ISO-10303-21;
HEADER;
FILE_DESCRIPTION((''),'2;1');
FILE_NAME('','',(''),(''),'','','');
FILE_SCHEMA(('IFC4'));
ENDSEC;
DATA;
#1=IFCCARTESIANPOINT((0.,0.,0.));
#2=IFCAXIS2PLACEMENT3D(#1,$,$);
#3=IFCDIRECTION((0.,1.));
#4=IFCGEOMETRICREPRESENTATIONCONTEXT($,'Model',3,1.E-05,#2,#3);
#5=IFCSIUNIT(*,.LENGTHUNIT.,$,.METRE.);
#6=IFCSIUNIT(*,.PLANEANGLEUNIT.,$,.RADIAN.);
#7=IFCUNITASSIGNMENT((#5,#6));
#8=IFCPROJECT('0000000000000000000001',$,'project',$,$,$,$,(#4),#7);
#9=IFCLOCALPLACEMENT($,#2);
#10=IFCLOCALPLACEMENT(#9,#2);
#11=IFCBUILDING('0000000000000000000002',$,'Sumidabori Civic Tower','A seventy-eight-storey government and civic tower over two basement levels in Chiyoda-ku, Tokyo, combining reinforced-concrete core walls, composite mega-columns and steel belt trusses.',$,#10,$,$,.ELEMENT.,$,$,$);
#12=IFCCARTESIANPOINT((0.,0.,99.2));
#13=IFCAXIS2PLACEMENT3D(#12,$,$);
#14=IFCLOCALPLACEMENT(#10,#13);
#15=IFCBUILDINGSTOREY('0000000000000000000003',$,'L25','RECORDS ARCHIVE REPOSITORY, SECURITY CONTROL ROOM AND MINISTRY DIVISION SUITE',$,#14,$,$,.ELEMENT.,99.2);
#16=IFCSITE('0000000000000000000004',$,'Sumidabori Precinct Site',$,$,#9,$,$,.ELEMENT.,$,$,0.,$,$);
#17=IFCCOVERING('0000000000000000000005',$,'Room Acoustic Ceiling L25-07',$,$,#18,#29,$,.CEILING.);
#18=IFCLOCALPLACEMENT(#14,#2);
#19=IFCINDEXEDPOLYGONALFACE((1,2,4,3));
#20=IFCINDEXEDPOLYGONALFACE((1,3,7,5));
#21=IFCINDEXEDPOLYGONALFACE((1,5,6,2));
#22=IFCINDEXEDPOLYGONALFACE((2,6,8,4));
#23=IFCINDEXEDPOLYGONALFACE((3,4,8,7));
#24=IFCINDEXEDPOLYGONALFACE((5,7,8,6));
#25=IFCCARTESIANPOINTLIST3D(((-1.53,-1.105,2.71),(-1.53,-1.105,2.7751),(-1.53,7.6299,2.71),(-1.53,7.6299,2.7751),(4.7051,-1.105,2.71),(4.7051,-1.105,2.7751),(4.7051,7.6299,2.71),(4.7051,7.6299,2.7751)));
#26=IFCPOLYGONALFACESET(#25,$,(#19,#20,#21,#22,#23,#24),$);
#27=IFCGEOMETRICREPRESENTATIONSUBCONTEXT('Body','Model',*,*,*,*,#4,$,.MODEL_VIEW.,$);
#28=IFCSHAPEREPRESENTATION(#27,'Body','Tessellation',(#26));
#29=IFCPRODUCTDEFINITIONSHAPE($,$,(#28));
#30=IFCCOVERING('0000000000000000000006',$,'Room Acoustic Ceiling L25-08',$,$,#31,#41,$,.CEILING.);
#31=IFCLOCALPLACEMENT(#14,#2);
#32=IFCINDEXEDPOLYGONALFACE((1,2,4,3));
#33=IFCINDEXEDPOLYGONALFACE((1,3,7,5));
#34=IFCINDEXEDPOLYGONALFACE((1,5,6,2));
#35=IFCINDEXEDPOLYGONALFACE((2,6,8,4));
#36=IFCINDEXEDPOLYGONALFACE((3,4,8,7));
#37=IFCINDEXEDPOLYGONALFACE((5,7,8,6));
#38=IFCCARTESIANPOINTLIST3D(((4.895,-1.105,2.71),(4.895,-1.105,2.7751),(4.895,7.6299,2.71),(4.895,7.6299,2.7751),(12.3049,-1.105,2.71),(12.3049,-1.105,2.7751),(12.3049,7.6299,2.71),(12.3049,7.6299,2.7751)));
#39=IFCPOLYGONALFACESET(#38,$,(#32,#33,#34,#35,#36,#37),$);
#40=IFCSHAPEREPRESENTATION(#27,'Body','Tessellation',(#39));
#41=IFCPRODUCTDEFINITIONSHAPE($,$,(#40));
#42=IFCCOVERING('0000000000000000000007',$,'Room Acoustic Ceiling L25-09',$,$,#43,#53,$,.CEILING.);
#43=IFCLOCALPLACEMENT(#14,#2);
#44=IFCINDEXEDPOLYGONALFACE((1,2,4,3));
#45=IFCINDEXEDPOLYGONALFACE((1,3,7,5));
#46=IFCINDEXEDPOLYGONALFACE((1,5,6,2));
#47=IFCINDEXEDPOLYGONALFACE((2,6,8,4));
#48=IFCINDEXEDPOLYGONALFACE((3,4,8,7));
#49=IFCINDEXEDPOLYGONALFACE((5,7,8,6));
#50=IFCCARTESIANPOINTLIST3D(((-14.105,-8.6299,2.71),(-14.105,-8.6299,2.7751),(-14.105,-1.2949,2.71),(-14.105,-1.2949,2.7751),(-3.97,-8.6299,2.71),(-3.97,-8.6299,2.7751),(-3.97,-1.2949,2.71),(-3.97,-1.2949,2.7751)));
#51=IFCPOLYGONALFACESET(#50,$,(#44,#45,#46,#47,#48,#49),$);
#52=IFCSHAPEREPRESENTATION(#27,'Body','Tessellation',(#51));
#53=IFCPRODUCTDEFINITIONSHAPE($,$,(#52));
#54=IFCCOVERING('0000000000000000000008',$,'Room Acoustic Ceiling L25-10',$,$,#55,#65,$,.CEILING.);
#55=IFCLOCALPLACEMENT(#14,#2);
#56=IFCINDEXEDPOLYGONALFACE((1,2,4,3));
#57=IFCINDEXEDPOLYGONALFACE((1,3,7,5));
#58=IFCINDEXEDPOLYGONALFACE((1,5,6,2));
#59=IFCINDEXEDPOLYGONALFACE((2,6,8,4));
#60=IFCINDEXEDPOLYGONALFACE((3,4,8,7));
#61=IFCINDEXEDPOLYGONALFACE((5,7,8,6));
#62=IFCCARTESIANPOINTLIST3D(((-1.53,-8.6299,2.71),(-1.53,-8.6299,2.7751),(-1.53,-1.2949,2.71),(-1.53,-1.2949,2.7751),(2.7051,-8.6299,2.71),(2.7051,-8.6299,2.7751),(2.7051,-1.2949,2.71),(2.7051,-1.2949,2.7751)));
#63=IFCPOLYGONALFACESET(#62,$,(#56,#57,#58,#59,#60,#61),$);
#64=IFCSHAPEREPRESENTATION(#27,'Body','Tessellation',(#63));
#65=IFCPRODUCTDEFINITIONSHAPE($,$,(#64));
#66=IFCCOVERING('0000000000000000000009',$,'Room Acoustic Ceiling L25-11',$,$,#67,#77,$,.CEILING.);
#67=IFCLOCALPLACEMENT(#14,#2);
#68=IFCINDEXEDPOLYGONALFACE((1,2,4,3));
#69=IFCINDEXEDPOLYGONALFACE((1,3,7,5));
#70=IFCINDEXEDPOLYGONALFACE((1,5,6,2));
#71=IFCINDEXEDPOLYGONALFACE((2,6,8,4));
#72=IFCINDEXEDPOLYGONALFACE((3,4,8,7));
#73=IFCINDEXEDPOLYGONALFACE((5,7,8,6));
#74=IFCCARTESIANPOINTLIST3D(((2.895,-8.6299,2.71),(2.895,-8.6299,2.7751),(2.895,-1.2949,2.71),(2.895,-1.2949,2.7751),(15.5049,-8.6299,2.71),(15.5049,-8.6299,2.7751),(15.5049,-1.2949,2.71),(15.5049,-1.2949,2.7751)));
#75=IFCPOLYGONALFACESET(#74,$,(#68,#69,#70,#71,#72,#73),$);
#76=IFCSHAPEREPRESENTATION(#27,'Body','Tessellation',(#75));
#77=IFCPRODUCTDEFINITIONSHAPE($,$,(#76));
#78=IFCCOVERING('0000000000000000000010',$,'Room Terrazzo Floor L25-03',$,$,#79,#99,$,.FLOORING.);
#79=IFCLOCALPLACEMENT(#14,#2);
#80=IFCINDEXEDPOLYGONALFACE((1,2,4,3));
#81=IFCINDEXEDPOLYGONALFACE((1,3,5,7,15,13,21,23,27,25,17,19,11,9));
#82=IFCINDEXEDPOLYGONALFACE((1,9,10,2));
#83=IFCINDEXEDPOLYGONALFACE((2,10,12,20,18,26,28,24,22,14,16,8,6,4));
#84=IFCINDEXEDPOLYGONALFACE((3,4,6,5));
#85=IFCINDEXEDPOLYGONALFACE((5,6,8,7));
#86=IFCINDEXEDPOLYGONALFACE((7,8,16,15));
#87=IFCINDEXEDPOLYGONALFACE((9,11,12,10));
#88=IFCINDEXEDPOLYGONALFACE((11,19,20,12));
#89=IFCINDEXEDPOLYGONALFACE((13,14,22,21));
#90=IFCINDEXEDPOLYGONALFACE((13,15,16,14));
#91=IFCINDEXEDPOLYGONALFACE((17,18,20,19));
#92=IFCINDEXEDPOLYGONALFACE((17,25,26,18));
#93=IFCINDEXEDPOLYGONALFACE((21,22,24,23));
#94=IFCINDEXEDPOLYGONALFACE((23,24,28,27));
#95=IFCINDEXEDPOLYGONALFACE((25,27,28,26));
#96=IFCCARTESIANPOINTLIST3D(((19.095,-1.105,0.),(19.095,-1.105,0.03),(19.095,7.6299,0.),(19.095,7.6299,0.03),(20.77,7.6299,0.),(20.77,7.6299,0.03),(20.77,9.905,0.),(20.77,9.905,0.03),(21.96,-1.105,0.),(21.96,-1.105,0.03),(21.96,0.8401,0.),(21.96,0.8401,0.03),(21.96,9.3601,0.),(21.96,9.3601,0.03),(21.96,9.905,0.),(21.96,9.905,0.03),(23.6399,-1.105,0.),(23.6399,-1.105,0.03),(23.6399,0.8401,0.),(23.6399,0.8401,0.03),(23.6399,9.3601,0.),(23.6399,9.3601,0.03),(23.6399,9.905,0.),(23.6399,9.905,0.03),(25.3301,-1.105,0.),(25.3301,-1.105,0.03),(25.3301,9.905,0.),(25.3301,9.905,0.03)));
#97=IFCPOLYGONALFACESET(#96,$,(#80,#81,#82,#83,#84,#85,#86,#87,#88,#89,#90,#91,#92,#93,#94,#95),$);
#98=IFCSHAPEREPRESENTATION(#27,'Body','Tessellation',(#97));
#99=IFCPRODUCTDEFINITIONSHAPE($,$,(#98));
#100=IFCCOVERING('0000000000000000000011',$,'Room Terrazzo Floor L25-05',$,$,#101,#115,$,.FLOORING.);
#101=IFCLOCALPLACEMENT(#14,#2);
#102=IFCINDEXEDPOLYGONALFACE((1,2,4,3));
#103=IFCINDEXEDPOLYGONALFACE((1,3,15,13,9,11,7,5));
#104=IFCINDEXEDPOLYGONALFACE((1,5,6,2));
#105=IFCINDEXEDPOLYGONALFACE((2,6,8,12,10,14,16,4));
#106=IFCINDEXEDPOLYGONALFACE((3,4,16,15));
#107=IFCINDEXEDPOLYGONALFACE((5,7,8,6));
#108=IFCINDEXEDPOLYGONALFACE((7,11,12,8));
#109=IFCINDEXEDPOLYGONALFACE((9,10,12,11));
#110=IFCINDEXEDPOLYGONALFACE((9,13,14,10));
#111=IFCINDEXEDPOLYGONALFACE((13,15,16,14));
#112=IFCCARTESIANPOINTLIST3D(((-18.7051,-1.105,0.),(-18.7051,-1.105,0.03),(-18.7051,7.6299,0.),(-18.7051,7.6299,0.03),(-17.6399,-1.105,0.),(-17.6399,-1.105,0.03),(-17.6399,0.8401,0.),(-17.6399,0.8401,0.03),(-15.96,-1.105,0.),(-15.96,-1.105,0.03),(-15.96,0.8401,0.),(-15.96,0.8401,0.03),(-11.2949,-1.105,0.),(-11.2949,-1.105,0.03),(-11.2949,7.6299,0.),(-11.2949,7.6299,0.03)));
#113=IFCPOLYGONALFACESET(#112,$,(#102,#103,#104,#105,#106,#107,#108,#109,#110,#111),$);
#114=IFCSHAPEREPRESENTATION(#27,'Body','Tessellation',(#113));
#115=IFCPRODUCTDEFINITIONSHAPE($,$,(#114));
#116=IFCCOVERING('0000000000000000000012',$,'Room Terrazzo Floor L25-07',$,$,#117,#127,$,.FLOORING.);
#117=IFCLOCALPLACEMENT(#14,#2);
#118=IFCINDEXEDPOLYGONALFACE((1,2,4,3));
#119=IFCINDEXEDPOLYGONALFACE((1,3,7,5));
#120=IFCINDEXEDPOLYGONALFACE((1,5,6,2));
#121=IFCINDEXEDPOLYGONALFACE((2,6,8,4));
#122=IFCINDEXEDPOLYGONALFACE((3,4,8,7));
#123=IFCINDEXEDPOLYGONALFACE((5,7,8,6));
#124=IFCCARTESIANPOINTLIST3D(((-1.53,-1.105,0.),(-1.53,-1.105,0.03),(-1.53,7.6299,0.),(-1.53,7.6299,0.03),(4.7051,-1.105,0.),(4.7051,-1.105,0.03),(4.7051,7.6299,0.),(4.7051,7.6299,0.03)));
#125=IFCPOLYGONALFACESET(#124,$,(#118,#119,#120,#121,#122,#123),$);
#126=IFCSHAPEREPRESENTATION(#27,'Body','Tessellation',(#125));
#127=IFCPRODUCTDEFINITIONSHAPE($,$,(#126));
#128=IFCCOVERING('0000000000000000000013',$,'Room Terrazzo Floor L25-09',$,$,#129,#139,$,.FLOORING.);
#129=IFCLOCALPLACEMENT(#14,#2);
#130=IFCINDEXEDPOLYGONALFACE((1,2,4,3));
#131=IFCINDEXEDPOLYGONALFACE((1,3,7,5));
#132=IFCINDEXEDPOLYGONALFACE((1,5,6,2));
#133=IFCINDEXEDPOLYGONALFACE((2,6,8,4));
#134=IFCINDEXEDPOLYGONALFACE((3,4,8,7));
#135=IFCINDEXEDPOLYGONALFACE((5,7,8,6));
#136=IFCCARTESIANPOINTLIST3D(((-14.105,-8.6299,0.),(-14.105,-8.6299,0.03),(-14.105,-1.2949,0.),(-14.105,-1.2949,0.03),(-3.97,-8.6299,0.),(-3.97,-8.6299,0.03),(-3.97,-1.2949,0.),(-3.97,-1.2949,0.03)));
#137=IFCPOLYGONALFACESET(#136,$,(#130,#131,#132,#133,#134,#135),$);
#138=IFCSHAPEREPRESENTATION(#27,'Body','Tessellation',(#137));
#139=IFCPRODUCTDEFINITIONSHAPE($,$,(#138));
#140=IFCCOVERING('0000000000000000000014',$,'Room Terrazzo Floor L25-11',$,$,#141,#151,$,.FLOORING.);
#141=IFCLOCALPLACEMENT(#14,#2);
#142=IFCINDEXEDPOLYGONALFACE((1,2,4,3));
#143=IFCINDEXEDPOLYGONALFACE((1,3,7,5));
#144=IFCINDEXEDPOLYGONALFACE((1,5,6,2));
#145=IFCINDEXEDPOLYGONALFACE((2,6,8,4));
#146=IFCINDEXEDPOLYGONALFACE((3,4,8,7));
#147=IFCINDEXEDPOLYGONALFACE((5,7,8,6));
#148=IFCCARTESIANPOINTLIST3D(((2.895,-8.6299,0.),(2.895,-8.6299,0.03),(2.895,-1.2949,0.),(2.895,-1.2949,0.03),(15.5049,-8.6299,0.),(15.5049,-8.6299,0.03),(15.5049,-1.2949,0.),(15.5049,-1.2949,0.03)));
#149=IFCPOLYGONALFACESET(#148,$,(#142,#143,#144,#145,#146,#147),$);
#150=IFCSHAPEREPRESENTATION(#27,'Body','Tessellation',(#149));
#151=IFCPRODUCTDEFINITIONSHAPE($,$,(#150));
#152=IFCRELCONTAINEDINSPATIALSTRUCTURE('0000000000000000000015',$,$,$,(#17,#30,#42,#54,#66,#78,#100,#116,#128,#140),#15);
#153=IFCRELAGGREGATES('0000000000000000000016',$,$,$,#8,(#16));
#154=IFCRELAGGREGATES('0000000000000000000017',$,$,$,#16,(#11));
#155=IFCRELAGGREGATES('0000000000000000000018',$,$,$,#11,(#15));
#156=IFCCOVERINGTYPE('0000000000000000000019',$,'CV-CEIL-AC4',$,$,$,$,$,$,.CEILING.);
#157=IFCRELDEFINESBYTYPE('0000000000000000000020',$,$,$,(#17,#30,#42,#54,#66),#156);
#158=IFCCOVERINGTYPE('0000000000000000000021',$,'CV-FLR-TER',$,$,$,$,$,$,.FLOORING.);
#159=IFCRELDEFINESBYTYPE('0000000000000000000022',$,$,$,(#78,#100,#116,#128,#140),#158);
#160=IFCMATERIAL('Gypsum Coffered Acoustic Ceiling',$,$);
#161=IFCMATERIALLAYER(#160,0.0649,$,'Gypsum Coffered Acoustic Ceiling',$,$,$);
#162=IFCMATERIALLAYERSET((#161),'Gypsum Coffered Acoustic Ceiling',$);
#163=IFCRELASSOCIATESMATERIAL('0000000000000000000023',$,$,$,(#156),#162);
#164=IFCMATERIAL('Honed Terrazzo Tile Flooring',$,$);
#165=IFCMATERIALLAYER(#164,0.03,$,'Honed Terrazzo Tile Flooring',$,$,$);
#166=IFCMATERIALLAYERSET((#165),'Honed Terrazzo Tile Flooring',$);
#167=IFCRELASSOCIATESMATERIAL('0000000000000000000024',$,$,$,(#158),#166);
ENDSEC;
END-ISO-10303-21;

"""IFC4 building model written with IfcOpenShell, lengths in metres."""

from ifc_helpers import new_model, si_unit, direction, frame, origin, place, context, subcontext, project, spatial, polyline, outline, extrude, material, layer, layer_set, type_object, element, save


model = new_model("IFC4")

# Units and contexts
model_context = context("Model", 3, precision=1e-05, world=origin(), true_north=direction((0.0, 1.0)))
body_context = subcontext(model_context, "Body", "Model", "MODEL_VIEW")
ifc_project = project(units=[si_unit("LENGTHUNIT", "METRE"), si_unit("PLANEANGLEUNIT", "RADIAN")], contexts=[model_context])

# Site, building, storey
site_placement = place(None, origin())
site = spatial("IfcSite", under=ifc_project, at=site_placement, Name="Sumidabori Precinct Site", CompositionType="ELEMENT", RefElevation=0.0)
building_placement = place(site_placement, origin())
building = spatial("IfcBuilding", under=site, at=building_placement, Name="Sumidabori Civic Tower", Description="A seventy-eight-storey government and civic tower over two basement levels in Chiyoda-ku, Tokyo, combining reinforced-concrete core walls, composite mega-columns and steel belt trusses.", CompositionType="ELEMENT")
storey_placement = place(building_placement, frame((0.0, 0.0, 99.2)))
storey = spatial("IfcBuildingStorey", under=building, at=storey_placement, Name="L25", Description="RECORDS ARCHIVE REPOSITORY, SECURITY CONTROL ROOM AND MINISTRY DIVISION SUITE", CompositionType="ELEMENT", Elevation=99.2)

# Coverings
ifc_material_1 = material(Name="Gypsum Coffered Acoustic Ceiling")
ifc_layer_1 = layer(ifc_material_1, 0.0649, Name="Gypsum Coffered Acoustic Ceiling")
ifc_layer_set_1 = layer_set([ifc_layer_1], Name="Gypsum Coffered Acoustic Ceiling")
covering_type_1 = type_object("IfcCoveringType", Name="CV-CEIL-AC4", PredefinedType="CEILING", material=ifc_layer_set_1)
covering_1_placement = place(storey_placement, frame((0.0, 0.0, 2.71)))
element("IfcCovering", 1, at=covering_1_placement, inside=storey, type_object=covering_type_1, Name="Room Acoustic Ceiling L25-07", PredefinedType="CEILING", context=body_context, shape_type="SweptSolid", body=[
    extrude(outline(polyline([(-1.53, 7.6299), (4.7051, 7.6299), (4.7051, -1.105), (-1.53, -1.105), (-1.53, 7.6299)])), origin(), (0.0, 0.0, 1.0), 0.0652),
])
covering_2_placement = place(storey_placement, frame((0.0, 0.0, 2.71)))
element("IfcCovering", 2, at=covering_2_placement, inside=storey, type_object=covering_type_1, Name="Room Acoustic Ceiling L25-08", PredefinedType="CEILING", context=body_context, shape_type="SweptSolid", body=[
    extrude(outline(polyline([(4.895, 7.6299), (12.3049, 7.6299), (12.3049, -1.105), (4.895, -1.105), (4.895, 7.6299)])), origin(), (0.0, 0.0, 1.0), 0.0652),
])
covering_3_placement = place(storey_placement, frame((0.0, 0.0, 2.71)))
element("IfcCovering", 3, at=covering_3_placement, inside=storey, type_object=covering_type_1, Name="Room Acoustic Ceiling L25-09", PredefinedType="CEILING", context=body_context, shape_type="SweptSolid", body=[
    extrude(outline(polyline([(-3.97, -8.6299), (-14.105, -8.6299), (-14.105, -1.2949), (-3.97, -1.2949), (-3.97, -8.6299)])), origin(), (0.0, 0.0, 1.0), 0.0652),
])
covering_4_placement = place(storey_placement, frame((0.0, 0.0, 2.71)))
element("IfcCovering", 4, at=covering_4_placement, inside=storey, type_object=covering_type_1, Name="Room Acoustic Ceiling L25-10", PredefinedType="CEILING", context=body_context, shape_type="SweptSolid", body=[
    extrude(outline(polyline([(-1.53, -8.6299), (-1.53, -1.2949), (2.7051, -1.2949), (2.7051, -8.6299), (-1.53, -8.6299)])), origin(), (0.0, 0.0, 1.0), 0.0652),
])
covering_5_placement = place(storey_placement, frame((0.0, 0.0, 2.71)))
element("IfcCovering", 5, at=covering_5_placement, inside=storey, type_object=covering_type_1, Name="Room Acoustic Ceiling L25-11", PredefinedType="CEILING", context=body_context, shape_type="SweptSolid", body=[
    extrude(outline(polyline([(2.895, -8.6299), (2.895, -1.2949), (15.5049, -1.2949), (15.5049, -8.6299), (2.895, -8.6299)])), origin(), (0.0, 0.0, 1.0), 0.0652),
])
ifc_material_2 = material(Name="Honed Terrazzo Tile Flooring")
ifc_layer_2 = layer(ifc_material_2, 0.03, Name="Honed Terrazzo Tile Flooring")
ifc_layer_set_2 = layer_set([ifc_layer_2], Name="Honed Terrazzo Tile Flooring")
covering_type_2 = type_object("IfcCoveringType", Name="CV-FLR-TER", PredefinedType="FLOORING", material=ifc_layer_set_2)
covering_6_placement = place(storey_placement, origin())
element("IfcCovering", 6, at=covering_6_placement, inside=storey, type_object=covering_type_2, Name="Room Terrazzo Floor L25-03", PredefinedType="FLOORING", context=body_context, shape_type="SweptSolid", body=[
    extrude(outline(polyline([(19.095, 7.6299), (20.77, 7.6299), (20.77, 9.905), (21.96, 9.905), (21.96, 9.3601), (23.6399, 9.3601), (23.6399, 9.905), (25.3301, 9.905), (25.3301, -1.105), (23.6399, -1.105), (23.6399, 0.8401), (21.96, 0.8401), (21.96, -1.105), (19.095, -1.105), (19.095, 7.6299)])), origin(), (0.0, 0.0, 1.0), 0.03),
])
covering_7_placement = place(storey_placement, origin())
element("IfcCovering", 7, at=covering_7_placement, inside=storey, type_object=covering_type_2, Name="Room Terrazzo Floor L25-05", PredefinedType="FLOORING", context=body_context, shape_type="SweptSolid", body=[
    extrude(outline(polyline([(-18.7051, 7.6299), (-11.2949, 7.6299), (-11.2949, -1.105), (-15.96, -1.105), (-15.96, 0.8401), (-17.6399, 0.8401), (-17.6399, -1.105), (-18.7051, -1.105), (-18.7051, 7.6299)])), origin(), (0.0, 0.0, 1.0), 0.03),
])
covering_8_placement = place(storey_placement, origin())
element("IfcCovering", 8, at=covering_8_placement, inside=storey, type_object=covering_type_2, Name="Room Terrazzo Floor L25-07", PredefinedType="FLOORING", context=body_context, shape_type="SweptSolid", body=[
    extrude(outline(polyline([(-1.53, 7.6299), (4.7051, 7.6299), (4.7051, -1.105), (-1.53, -1.105), (-1.53, 7.6299)])), origin(), (0.0, 0.0, 1.0), 0.03),
])
covering_9_placement = place(storey_placement, origin())
element("IfcCovering", 9, at=covering_9_placement, inside=storey, type_object=covering_type_2, Name="Room Terrazzo Floor L25-09", PredefinedType="FLOORING", context=body_context, shape_type="SweptSolid", body=[
    extrude(outline(polyline([(-3.97, -8.6299), (-14.105, -8.6299), (-14.105, -1.2949), (-3.97, -1.2949), (-3.97, -8.6299)])), origin(), (0.0, 0.0, 1.0), 0.03),
])
covering_10_placement = place(storey_placement, origin())
element("IfcCovering", 10, at=covering_10_placement, inside=storey, type_object=covering_type_2, Name="Room Terrazzo Floor L25-11", PredefinedType="FLOORING", context=body_context, shape_type="SweptSolid", body=[
    extrude(outline(polyline([(2.895, -8.6299), (2.895, -1.2949), (15.5049, -1.2949), (15.5049, -8.6299), (2.895, -8.6299)])), origin(), (0.0, 0.0, 1.0), 0.03),
])

save(model, "model.ifc")
